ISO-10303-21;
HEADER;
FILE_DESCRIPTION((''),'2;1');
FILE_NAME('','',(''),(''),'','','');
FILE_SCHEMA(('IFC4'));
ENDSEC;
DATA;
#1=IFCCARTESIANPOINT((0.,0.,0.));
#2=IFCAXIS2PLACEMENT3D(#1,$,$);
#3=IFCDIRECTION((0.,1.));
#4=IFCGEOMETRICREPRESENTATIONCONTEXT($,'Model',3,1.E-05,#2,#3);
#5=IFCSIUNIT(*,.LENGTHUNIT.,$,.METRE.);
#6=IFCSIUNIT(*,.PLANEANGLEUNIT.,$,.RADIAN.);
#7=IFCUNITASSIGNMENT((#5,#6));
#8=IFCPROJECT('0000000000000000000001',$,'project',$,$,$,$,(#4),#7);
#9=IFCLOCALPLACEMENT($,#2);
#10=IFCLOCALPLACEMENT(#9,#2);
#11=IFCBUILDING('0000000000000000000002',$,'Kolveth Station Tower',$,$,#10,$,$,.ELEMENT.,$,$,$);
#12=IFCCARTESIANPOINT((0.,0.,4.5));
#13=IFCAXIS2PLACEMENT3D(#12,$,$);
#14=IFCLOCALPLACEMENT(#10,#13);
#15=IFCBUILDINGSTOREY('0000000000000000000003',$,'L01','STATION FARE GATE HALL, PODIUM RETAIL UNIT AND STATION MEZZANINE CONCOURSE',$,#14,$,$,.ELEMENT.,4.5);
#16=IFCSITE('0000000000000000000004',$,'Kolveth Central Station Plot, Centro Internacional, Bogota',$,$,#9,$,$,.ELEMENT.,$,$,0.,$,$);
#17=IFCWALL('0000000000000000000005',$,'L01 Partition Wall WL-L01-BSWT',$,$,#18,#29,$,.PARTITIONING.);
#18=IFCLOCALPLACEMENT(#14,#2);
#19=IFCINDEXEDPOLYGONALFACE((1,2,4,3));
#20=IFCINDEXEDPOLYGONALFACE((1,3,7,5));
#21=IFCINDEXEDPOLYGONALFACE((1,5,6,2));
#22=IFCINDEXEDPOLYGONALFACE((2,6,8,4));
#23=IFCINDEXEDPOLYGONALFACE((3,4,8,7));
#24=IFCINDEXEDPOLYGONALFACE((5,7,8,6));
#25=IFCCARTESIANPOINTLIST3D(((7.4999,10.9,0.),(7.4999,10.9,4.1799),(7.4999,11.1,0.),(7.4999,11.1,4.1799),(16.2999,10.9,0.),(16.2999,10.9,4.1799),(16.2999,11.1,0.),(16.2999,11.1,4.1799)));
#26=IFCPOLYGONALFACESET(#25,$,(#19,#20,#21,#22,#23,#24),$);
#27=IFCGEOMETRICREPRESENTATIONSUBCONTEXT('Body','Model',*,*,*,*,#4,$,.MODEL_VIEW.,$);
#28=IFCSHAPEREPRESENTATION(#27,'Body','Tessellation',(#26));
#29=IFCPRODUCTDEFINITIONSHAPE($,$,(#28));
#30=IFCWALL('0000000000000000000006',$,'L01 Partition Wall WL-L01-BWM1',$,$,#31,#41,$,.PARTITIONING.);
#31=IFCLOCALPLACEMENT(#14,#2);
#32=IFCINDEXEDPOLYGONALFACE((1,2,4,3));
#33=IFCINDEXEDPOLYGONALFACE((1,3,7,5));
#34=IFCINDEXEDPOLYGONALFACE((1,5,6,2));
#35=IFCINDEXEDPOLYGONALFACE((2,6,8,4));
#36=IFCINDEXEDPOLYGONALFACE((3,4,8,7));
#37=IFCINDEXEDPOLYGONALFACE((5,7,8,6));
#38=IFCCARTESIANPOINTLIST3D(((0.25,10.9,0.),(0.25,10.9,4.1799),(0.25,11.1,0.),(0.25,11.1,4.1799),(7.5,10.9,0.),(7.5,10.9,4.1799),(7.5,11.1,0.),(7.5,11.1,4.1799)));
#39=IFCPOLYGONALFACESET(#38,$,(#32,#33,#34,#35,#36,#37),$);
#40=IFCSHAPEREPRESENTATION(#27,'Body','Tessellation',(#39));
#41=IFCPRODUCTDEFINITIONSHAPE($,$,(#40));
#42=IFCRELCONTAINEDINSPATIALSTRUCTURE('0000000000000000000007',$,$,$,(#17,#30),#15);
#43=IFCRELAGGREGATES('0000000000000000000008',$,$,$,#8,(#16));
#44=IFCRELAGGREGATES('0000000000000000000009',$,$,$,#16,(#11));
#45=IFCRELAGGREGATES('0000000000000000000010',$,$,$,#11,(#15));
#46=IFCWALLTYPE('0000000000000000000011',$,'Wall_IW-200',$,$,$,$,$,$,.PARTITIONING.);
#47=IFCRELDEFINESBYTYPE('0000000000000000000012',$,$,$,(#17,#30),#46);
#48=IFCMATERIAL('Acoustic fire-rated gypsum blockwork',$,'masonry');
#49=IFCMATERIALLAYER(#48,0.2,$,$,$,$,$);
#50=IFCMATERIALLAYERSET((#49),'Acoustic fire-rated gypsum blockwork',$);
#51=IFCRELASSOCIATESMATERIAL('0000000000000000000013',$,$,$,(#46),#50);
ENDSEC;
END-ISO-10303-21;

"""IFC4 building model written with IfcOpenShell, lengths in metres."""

from ifc_helpers import new_model, si_unit, direction, frame, frame_2d, origin, place, context, subcontext, project, spatial, rectangle, extrude, material, layer, layer_set, type_object, element, save


model = new_model("IFC4")

# Units and contexts
model_context = context("Model", 3, precision=1e-05, world=origin(), true_north=direction((0.0, 1.0)))
body_context = subcontext(model_context, "Body", "Model", "MODEL_VIEW")
ifc_project = project(units=[si_unit("LENGTHUNIT", "METRE"), si_unit("PLANEANGLEUNIT", "RADIAN")], contexts=[model_context])

# Site, building, storey
site_placement = place(None, origin())
site = spatial("IfcSite", under=ifc_project, at=site_placement, Name="Kolveth Central Station Plot, Centro Internacional, Bogota", CompositionType="ELEMENT", RefElevation=0.0)
building_placement = place(site_placement, origin())
building = spatial("IfcBuilding", under=site, at=building_placement, Name="Kolveth Station Tower", CompositionType="ELEMENT")
storey_placement = place(building_placement, frame((0.0, 0.0, 4.5)))
storey = spatial("IfcBuildingStorey", under=building, at=storey_placement, Name="L01", Description="STATION FARE GATE HALL, PODIUM RETAIL UNIT AND STATION MEZZANINE CONCOURSE", CompositionType="ELEMENT", Elevation=4.5)

# Shared definitions
ifc_material_1 = material(Name="Acoustic fire-rated gypsum blockwork", Category="masonry")
ifc_layer = layer(ifc_material_1, 0.2)
ifc_layer_set = layer_set([ifc_layer], Name="Acoustic fire-rated gypsum blockwork")
wall_type = type_object("IfcWallType", Name="Wall_IW-200", PredefinedType="PARTITIONING", material=ifc_layer_set)

# Walls
wall_1_placement = place(storey_placement, frame((7.5, 11.0, 0.0), z_axis=(0.0, 0.0, 1.0), x_axis=(1.0, 0.0, 0.0)))
element("IfcWall", 1, at=wall_1_placement, inside=storey, type_object=wall_type, Name="L01 Partition Wall WL-L01-BSWT", PredefinedType="PARTITIONING", context=body_context, shape_type="SweptSolid", body=[
    extrude(rectangle(XDim=8.8, YDim=0.2, at=frame_2d((4.3999, 0.0))), origin(), (0.0, 0.0, 1.0), 4.1799),
])
wall_2_placement = place(storey_placement, frame((0.25, 11.0, 0.0), z_axis=(0.0, 0.0, 1.0), x_axis=(1.0, 0.0, 0.0)))
element("IfcWall", 2, at=wall_2_placement, inside=storey, type_object=wall_type, Name="L01 Partition Wall WL-L01-BWM1", PredefinedType="PARTITIONING", context=body_context, shape_type="SweptSolid", body=[
    extrude(rectangle(XDim=7.25, YDim=0.2, at=frame_2d((3.625, 0.0))), origin(), (0.0, 0.0, 1.0), 4.1799),
])

save(model, "model.ifc")
